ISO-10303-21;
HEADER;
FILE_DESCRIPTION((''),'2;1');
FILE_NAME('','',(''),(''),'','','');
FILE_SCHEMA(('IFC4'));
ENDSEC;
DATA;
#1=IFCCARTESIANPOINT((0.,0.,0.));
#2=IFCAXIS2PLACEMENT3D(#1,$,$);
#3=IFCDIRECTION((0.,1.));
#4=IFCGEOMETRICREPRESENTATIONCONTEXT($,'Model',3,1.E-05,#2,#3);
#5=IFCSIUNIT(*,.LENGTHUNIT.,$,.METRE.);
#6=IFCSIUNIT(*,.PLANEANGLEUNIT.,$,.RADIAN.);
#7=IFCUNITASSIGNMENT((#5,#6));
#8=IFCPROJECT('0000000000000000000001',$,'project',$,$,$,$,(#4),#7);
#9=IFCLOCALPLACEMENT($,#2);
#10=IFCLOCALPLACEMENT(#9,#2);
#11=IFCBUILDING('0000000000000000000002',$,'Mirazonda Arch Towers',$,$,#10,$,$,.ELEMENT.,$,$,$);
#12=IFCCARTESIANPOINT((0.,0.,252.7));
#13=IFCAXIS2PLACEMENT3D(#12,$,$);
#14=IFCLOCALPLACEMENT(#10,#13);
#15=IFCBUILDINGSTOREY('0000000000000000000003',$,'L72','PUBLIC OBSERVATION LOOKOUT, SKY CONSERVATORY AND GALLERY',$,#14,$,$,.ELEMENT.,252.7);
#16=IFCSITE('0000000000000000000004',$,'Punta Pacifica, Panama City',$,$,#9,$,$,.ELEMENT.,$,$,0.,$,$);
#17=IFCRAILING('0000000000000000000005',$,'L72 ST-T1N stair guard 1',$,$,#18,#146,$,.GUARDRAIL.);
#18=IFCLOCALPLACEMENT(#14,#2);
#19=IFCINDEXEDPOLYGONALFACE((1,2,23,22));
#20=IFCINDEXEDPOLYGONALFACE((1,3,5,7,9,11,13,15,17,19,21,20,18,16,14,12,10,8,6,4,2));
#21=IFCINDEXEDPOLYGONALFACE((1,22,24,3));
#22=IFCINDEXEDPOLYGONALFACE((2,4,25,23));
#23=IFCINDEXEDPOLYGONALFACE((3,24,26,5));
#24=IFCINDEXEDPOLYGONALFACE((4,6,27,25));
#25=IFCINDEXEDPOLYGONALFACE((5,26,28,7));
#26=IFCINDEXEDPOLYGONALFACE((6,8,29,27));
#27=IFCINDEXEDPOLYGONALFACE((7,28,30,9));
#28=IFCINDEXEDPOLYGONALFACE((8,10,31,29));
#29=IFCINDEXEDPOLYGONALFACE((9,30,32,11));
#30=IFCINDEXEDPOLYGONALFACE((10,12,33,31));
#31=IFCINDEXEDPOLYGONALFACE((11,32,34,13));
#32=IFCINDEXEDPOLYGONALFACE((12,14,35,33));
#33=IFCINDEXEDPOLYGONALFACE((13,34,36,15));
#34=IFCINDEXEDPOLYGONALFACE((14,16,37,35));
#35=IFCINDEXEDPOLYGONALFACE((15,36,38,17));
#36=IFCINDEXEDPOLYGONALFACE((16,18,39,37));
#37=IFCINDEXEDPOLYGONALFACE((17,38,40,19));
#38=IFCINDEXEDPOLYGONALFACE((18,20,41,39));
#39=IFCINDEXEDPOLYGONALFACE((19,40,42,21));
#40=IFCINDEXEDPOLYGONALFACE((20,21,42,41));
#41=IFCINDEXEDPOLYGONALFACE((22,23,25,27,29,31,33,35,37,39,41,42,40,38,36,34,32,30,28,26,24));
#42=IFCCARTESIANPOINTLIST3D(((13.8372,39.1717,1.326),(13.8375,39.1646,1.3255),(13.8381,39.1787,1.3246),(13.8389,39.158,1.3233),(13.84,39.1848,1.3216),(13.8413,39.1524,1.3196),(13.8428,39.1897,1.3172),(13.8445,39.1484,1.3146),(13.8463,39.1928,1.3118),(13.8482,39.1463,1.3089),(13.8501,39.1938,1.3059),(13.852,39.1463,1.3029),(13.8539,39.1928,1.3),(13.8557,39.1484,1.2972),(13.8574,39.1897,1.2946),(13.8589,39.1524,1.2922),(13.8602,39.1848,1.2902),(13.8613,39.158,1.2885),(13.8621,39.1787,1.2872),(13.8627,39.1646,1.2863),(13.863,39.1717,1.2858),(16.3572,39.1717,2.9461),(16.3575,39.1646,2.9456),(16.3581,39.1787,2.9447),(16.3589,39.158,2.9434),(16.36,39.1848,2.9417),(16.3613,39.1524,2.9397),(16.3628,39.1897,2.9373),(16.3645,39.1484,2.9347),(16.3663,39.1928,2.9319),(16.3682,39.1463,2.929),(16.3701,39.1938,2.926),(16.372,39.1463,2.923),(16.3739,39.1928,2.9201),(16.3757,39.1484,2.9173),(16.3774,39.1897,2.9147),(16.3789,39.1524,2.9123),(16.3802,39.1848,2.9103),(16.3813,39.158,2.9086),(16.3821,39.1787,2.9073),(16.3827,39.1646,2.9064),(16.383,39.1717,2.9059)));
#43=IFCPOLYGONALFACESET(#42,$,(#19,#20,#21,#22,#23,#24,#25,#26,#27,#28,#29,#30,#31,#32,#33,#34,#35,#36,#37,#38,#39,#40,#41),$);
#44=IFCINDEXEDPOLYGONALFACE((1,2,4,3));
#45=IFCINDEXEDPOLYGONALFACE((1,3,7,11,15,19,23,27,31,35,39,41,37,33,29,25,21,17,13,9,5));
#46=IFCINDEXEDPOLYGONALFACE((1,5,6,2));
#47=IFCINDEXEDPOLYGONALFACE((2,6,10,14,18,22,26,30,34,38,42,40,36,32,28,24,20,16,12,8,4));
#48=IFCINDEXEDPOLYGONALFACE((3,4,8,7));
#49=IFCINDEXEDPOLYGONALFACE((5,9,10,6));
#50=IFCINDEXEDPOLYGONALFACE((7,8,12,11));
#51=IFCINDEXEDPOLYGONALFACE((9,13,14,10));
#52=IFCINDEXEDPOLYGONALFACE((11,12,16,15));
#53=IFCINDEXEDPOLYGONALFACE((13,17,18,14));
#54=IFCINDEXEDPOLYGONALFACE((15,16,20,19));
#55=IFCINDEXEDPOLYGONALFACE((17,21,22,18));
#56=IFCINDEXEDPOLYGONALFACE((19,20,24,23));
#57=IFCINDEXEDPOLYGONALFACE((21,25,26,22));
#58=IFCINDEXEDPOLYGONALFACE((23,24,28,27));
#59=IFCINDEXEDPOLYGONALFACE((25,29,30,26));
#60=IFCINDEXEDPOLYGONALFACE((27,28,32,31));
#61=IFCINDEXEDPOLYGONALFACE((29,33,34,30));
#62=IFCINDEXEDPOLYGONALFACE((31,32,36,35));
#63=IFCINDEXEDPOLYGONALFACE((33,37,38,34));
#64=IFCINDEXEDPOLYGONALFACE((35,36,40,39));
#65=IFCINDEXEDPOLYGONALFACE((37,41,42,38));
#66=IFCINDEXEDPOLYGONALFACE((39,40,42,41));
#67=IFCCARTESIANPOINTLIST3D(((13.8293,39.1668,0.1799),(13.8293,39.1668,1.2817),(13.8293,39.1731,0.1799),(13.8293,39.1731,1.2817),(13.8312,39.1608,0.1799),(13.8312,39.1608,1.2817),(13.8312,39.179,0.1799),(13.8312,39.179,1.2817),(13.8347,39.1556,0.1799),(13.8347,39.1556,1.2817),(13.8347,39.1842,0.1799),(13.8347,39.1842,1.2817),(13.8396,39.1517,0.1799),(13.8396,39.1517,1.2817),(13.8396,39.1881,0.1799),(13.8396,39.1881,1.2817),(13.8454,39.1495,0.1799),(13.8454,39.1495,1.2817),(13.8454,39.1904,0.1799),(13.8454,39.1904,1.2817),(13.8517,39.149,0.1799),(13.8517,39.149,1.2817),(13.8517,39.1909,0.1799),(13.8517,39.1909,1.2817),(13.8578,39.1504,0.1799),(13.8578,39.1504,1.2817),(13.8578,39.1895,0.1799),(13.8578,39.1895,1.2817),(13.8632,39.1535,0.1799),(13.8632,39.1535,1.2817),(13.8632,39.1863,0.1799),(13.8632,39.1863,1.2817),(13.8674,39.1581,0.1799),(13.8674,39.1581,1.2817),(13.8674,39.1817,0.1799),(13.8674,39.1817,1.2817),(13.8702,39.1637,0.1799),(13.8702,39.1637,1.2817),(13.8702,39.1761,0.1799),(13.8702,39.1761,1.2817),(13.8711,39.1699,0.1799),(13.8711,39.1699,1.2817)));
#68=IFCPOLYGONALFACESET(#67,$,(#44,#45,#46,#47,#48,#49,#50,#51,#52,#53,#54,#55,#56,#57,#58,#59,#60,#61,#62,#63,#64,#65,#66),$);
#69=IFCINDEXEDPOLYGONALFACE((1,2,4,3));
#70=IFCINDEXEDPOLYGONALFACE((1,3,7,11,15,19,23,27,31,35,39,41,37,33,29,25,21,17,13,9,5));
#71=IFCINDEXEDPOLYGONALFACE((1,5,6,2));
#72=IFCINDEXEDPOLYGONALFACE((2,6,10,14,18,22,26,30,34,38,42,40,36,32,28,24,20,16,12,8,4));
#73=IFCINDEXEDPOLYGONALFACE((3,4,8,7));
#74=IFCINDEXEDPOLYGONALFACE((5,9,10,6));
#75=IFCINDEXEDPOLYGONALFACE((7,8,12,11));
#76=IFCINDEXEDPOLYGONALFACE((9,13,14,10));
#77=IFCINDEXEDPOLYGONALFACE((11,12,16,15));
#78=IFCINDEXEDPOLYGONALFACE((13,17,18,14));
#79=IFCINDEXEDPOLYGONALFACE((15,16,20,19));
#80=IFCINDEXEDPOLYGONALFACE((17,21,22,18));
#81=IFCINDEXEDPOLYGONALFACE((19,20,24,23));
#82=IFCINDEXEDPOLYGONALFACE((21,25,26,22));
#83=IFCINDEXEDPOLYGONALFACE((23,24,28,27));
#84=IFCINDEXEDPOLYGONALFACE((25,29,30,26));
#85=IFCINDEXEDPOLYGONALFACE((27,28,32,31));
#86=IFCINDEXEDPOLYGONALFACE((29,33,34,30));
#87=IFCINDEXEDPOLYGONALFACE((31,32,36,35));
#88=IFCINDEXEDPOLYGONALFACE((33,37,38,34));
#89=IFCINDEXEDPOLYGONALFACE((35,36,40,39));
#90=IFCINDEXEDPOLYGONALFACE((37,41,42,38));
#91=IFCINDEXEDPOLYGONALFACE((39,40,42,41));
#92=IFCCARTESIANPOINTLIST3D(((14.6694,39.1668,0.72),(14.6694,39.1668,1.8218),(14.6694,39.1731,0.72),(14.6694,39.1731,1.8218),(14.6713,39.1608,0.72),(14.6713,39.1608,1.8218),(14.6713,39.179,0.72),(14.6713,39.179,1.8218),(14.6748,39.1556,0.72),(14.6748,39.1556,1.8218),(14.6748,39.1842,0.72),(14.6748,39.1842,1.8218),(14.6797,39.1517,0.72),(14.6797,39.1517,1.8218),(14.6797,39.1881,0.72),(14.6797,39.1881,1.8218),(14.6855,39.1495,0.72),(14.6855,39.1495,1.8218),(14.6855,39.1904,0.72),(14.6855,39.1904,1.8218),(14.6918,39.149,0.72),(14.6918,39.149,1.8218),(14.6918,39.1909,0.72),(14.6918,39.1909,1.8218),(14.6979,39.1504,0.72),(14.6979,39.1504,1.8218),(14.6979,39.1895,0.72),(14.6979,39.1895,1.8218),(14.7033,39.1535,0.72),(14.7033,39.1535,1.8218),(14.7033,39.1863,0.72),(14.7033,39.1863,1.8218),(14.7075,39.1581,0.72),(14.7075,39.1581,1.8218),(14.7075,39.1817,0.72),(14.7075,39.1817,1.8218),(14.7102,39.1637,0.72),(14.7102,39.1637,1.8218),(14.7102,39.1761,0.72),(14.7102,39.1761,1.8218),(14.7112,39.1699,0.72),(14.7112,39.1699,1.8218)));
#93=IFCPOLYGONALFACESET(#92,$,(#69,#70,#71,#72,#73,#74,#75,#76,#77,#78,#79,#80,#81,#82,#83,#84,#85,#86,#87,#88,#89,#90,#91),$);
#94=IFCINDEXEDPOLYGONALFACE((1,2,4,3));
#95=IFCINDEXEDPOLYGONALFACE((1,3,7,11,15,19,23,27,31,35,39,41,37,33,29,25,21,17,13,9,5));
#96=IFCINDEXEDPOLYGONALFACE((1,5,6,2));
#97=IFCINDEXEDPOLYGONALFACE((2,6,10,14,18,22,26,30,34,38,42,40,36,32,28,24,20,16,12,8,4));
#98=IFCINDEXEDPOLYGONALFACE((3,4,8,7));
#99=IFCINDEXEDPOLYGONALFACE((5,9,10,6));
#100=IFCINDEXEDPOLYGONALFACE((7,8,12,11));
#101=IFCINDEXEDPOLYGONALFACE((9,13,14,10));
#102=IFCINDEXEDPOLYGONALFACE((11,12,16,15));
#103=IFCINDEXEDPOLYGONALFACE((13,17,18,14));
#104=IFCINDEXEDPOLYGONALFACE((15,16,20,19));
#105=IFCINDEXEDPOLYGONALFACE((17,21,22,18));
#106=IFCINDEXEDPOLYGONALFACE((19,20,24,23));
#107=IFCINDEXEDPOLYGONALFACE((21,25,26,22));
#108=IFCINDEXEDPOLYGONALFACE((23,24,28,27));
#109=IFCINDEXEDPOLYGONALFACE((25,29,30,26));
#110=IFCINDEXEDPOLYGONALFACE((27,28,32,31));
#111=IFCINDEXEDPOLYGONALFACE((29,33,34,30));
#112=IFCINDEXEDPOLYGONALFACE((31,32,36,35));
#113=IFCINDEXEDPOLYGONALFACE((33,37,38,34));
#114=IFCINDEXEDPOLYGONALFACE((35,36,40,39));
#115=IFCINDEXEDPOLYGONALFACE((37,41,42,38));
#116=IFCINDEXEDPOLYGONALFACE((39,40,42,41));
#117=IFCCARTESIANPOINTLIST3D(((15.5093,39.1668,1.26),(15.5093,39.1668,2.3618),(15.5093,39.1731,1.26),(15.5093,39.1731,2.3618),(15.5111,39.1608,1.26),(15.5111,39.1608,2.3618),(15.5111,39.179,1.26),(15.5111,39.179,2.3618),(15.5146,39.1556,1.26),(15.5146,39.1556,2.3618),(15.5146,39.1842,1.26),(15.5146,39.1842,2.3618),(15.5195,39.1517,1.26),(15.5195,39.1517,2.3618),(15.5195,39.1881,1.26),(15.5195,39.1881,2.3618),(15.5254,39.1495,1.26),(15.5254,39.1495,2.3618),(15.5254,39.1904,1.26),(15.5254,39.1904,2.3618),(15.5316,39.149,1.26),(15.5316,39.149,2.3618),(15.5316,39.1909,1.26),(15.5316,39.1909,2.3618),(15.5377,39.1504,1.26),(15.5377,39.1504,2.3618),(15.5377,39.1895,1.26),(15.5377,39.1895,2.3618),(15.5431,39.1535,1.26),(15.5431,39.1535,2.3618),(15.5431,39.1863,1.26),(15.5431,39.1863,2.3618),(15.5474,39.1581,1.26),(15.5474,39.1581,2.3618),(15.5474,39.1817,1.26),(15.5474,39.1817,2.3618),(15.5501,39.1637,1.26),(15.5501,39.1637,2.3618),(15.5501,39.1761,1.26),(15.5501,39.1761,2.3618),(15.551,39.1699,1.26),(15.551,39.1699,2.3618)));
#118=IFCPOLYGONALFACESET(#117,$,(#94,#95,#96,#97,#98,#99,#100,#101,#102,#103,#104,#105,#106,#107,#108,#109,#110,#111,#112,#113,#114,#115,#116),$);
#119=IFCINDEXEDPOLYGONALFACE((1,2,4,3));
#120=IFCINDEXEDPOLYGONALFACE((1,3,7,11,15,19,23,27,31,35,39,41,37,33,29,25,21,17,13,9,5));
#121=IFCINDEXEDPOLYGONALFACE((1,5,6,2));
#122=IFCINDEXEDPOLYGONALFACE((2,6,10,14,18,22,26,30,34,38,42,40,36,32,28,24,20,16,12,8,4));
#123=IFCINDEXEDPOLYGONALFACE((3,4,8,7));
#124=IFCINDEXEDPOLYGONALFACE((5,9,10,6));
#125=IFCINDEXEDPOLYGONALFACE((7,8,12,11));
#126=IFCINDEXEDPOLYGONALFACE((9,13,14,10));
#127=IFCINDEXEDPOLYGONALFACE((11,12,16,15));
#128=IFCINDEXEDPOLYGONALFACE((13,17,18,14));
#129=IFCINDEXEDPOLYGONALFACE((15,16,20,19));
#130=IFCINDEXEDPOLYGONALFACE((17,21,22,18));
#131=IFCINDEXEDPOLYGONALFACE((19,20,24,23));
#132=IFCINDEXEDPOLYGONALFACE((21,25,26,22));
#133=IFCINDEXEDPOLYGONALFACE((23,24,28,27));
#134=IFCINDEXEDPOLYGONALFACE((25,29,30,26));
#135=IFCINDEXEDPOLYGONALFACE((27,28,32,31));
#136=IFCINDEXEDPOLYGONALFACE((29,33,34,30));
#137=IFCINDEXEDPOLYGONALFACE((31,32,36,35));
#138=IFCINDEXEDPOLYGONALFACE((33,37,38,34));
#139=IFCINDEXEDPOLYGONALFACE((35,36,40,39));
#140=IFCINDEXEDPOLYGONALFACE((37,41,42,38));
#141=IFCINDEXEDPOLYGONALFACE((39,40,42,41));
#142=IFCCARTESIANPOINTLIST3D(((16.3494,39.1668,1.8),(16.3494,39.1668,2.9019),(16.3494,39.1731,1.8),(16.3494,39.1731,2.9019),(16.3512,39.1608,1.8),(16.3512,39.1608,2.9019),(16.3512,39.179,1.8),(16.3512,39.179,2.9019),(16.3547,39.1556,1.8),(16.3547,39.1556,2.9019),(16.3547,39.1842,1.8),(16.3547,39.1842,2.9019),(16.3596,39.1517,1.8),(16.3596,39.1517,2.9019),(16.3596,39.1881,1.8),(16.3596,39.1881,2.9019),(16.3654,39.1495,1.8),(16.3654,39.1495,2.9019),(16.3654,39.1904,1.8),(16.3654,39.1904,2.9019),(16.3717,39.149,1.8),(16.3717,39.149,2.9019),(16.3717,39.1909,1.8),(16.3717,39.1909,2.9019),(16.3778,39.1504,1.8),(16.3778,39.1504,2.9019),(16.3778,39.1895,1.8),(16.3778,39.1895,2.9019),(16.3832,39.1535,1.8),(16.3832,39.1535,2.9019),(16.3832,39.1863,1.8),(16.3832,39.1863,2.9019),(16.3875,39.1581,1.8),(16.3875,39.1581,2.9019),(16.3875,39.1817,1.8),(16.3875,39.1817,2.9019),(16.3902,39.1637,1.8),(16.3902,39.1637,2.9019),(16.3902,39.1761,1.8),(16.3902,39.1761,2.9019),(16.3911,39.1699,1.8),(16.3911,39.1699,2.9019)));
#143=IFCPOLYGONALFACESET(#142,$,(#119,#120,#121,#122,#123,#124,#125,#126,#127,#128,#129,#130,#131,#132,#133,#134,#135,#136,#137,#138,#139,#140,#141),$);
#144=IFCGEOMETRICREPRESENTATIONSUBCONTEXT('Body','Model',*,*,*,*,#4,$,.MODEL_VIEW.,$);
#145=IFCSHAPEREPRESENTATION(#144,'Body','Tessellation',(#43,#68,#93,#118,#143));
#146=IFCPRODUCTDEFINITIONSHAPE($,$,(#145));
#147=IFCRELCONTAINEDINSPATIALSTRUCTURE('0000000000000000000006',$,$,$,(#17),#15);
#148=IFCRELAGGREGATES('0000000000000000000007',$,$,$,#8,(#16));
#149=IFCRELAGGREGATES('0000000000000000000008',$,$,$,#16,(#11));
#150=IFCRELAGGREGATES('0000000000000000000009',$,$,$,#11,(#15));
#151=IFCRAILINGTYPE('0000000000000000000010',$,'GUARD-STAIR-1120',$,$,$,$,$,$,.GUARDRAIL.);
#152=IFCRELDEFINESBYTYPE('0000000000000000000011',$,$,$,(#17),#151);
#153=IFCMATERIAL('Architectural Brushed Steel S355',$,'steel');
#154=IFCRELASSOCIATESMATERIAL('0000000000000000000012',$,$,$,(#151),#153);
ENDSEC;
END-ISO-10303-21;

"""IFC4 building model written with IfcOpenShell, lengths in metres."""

from ifc_helpers import new_model, si_unit, direction, frame, origin, origin_2d, place, context, subcontext, project, spatial, circle, extrude, material, type_object, element, save


model = new_model("IFC4")

# Units and contexts
model_context = context("Model", 3, precision=1e-05, world=origin(), true_north=direction((0.0, 1.0)))
body_context = subcontext(model_context, "Body", "Model", "MODEL_VIEW")
ifc_project = project(units=[si_unit("LENGTHUNIT", "METRE"), si_unit("PLANEANGLEUNIT", "RADIAN")], contexts=[model_context])

# Site, building, storey
site_placement = place(None, origin())
site = spatial("IfcSite", under=ifc_project, at=site_placement, Name="Punta Pacifica, Panama City", CompositionType="ELEMENT", RefElevation=0.0)
building_placement = place(site_placement, origin())
building = spatial("IfcBuilding", under=site, at=building_placement, Name="Mirazonda Arch Towers", CompositionType="ELEMENT")
storey_placement = place(building_placement, frame((0.0, 0.0, 252.7)))
storey = spatial("IfcBuildingStorey", under=building, at=storey_placement, Name="L72", Description="PUBLIC OBSERVATION LOOKOUT, SKY CONSERVATORY AND GALLERY", CompositionType="ELEMENT", Elevation=252.7)

# Shared definitions
ifc_material_1 = material(Name="Architectural Brushed Steel S355", Category="steel")

# Railing
railing_type_1 = type_object("IfcRailingType", Name="GUARD-STAIR-1120", PredefinedType="GUARDRAIL", material=ifc_material_1)
railing_1_placement = place(storey_placement, frame((13.8501, 39.1699, 0.1799)))
element("IfcRailing", 1, at=railing_1_placement, inside=storey, type_object=railing_type_1, Name="L72 ST-T1N stair guard 1", PredefinedType="GUARDRAIL", context=body_context, shape_type="SweptSolid", body=[
    extrude(circle(Radius=0.0239, at=origin_2d()), frame((0.0, 0.0, 1.126), z_axis=(0.841163, 0.0, 0.540782), x_axis=(0.0, 1.0, 0.0)), (0.0, 0.0, 1.0), 2.9958),
    extrude(circle(Radius=0.021, at=origin_2d()), origin(), (0.0, 0.0, 1.0), 1.1018),
    extrude(circle(Radius=0.021, at=origin_2d()), frame((0.8401, 0.0, 0.54)), (0.0, 0.0, 1.0), 1.1018),
    extrude(circle(Radius=0.021, at=origin_2d()), frame((1.6799, 0.0, 1.0801)), (0.0, 0.0, 1.0), 1.1018),
    extrude(circle(Radius=0.021, at=origin_2d()), frame((2.52, 0.0, 1.6201)), (0.0, 0.0, 1.0), 1.1018),
])

save(model, "model.ifc")
